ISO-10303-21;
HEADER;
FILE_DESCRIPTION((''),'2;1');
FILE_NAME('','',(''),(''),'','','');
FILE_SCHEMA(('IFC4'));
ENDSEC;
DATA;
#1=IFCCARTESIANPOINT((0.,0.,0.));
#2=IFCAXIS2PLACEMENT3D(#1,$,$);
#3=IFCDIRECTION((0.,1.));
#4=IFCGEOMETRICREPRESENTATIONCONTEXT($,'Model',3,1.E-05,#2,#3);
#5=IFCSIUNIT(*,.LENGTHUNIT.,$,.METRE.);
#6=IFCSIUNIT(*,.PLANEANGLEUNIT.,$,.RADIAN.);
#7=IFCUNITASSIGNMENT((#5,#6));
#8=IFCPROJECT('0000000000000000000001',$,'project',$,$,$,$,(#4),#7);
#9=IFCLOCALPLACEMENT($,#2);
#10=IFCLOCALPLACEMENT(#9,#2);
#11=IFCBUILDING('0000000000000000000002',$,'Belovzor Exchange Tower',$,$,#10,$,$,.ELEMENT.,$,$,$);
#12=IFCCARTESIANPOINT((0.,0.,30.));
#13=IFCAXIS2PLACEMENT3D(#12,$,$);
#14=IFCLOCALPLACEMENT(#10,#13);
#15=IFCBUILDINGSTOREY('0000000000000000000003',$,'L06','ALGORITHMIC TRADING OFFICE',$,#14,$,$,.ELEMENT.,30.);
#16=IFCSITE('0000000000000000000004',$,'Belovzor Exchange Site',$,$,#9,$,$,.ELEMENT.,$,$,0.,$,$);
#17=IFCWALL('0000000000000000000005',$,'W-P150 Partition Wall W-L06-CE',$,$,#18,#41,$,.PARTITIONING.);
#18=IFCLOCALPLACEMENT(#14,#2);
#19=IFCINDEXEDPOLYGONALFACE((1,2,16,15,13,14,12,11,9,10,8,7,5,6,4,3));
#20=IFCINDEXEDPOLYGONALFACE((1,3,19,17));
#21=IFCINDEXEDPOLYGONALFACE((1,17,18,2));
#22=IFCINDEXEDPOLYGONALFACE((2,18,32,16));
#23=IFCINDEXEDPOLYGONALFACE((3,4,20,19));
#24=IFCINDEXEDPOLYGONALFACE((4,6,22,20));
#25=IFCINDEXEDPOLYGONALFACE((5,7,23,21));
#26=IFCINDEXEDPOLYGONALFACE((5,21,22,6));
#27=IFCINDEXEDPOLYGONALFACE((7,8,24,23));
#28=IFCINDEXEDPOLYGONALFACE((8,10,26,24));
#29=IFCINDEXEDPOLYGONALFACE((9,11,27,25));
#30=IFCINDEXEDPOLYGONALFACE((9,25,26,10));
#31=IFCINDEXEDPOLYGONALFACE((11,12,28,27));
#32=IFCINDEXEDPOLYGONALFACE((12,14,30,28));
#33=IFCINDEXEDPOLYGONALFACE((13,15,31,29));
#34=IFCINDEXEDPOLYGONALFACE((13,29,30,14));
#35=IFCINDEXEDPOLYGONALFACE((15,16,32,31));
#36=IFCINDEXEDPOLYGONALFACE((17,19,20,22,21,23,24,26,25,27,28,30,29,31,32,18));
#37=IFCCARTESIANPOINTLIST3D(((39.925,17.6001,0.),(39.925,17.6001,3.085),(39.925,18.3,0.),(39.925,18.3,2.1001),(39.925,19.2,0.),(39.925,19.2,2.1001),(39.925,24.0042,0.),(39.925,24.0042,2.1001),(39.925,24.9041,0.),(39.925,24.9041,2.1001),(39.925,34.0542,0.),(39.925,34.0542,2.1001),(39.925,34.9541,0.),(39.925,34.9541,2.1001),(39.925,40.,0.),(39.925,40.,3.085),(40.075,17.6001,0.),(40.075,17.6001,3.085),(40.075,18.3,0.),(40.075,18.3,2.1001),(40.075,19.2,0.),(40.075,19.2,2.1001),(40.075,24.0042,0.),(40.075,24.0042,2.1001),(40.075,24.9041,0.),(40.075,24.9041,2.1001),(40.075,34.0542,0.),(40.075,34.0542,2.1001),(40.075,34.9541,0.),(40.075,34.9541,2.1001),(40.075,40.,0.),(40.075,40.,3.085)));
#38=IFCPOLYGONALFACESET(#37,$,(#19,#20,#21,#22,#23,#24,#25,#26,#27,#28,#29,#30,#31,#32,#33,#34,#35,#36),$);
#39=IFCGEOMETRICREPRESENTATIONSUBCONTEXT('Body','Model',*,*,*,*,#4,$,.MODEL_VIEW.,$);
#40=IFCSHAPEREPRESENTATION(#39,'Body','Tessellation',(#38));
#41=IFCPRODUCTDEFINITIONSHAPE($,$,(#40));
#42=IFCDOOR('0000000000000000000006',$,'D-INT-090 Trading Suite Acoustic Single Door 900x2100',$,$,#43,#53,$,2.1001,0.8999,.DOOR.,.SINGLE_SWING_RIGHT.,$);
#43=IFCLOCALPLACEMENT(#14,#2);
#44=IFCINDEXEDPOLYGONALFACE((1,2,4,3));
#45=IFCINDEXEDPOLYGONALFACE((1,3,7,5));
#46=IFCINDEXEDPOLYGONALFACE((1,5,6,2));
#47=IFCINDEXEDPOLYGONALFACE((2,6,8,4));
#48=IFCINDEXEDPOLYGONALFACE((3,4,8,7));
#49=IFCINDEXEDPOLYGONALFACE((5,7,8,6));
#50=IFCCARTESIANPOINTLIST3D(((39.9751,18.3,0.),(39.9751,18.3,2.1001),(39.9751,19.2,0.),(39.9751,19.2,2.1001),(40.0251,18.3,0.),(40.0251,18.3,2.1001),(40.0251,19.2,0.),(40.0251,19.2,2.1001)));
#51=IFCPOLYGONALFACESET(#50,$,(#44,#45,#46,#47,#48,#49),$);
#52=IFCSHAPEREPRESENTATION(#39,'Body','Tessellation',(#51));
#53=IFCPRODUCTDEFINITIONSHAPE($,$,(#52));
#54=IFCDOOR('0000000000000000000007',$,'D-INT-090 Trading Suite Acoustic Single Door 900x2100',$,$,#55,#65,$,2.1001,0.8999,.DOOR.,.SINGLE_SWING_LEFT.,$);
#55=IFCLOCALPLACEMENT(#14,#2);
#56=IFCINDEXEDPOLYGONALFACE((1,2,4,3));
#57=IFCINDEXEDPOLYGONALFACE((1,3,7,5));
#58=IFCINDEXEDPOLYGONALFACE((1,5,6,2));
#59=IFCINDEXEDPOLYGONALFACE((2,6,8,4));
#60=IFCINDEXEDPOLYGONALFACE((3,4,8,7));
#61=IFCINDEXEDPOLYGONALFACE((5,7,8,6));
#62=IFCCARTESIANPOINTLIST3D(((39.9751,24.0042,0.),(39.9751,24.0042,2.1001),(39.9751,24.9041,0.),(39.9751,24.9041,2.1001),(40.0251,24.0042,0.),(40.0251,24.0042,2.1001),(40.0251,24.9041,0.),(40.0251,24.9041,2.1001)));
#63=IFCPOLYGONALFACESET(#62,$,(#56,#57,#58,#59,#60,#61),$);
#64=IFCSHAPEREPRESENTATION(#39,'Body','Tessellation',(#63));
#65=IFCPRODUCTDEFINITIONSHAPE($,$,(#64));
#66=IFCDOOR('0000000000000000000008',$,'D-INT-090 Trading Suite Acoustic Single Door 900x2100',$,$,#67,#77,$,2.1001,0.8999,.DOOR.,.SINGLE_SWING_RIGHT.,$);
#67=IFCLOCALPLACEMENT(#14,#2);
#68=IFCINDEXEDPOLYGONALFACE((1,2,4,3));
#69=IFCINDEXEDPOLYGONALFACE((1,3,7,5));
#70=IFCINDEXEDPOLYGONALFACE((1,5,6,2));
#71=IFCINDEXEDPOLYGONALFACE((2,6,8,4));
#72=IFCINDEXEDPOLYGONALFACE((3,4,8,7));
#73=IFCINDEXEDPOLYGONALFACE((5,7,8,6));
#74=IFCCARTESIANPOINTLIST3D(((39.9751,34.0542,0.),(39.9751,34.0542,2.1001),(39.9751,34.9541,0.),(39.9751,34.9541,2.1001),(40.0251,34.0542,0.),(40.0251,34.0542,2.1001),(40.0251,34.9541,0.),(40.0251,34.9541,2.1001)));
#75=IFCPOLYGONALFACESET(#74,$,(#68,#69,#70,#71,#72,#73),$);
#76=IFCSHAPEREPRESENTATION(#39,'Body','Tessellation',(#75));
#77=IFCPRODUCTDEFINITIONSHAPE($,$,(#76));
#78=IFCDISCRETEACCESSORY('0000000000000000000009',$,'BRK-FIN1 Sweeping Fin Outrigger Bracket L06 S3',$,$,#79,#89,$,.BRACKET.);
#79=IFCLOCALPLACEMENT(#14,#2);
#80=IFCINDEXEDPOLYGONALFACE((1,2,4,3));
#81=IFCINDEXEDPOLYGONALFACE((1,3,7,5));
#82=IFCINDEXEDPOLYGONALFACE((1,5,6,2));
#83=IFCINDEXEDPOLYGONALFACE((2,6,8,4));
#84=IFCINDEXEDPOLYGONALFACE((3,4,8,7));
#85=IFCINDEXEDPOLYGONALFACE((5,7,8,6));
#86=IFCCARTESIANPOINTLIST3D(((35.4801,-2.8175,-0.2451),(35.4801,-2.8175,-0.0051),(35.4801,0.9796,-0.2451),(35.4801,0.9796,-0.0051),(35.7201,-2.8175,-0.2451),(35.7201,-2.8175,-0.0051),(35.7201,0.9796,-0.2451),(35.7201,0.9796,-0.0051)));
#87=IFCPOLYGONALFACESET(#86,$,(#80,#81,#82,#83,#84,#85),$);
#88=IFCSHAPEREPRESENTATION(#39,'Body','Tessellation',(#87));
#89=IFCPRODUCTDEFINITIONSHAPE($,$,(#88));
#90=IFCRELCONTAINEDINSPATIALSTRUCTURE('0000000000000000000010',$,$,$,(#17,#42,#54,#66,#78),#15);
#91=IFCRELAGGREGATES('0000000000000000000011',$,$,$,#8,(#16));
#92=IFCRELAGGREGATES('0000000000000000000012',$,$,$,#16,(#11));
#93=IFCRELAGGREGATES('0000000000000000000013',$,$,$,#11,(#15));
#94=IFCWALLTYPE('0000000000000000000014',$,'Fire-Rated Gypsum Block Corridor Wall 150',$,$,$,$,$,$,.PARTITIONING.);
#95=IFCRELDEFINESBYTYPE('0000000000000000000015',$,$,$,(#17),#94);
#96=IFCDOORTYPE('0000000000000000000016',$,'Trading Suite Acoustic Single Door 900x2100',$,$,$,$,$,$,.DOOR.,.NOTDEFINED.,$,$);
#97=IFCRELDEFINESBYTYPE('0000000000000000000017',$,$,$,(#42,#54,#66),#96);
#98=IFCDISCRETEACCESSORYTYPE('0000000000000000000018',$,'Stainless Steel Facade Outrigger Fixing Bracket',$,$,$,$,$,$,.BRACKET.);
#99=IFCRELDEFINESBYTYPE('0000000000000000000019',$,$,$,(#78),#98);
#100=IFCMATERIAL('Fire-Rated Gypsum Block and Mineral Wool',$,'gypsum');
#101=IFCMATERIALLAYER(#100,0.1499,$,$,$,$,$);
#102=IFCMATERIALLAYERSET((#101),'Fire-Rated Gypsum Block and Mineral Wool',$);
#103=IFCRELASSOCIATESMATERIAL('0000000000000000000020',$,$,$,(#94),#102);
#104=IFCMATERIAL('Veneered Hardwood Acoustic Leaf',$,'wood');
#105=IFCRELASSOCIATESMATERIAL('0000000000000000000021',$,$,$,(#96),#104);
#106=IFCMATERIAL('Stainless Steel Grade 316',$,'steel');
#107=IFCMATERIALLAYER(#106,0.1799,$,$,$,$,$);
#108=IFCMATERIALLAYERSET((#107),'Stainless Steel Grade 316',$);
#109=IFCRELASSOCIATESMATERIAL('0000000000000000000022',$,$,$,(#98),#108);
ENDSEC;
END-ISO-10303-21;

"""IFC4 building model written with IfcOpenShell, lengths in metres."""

from ifc_helpers import new_model, si_unit, direction, frame, frame_2d, origin, origin_2d, place, context, subcontext, project, spatial, rectangle, extrude, material, layer, layer_set, type_object, element, fill, save


model = new_model("IFC4")

# Units and contexts
model_context = context("Model", 3, precision=1e-05, world=origin(), true_north=direction((0.0, 1.0)))
body_context = subcontext(model_context, "Body", "Model", "MODEL_VIEW")
ifc_project = project(units=[si_unit("LENGTHUNIT", "METRE"), si_unit("PLANEANGLEUNIT", "RADIAN")], contexts=[model_context])

# Site, building, storey
site_placement = place(None, origin())
site = spatial("IfcSite", under=ifc_project, at=site_placement, Name="Belovzor Exchange Site", CompositionType="ELEMENT", RefElevation=0.0)
building_placement = place(site_placement, origin())
building = spatial("IfcBuilding", under=site, at=building_placement, Name="Belovzor Exchange Tower", CompositionType="ELEMENT")
storey_placement = place(building_placement, frame((0.0, 0.0, 30.0)))
storey = spatial("IfcBuildingStorey", under=building, at=storey_placement, Name="L06", Description="ALGORITHMIC TRADING OFFICE", CompositionType="ELEMENT", Elevation=30.0)

# Wall, openings, doors
ifc_material_1 = material(Name="Fire-Rated Gypsum Block and Mineral Wool", Category="gypsum")
ifc_layer_1 = layer(ifc_material_1, 0.1499)
ifc_layer_set_1 = layer_set([ifc_layer_1], Name="Fire-Rated Gypsum Block and Mineral Wool")
wall_type_1 = type_object("IfcWallType", Name="Fire-Rated Gypsum Block Corridor Wall 150", PredefinedType="PARTITIONING", material=ifc_layer_set_1)
wall_1_placement = place(storey_placement, frame((40.0, 17.6001, 0.0), z_axis=(0.0, 0.0, 1.0), x_axis=(0.0, 1.0, 0.0)))
wall_1 = element("IfcWall", 1, at=wall_1_placement, inside=storey, type_object=wall_type_1, Name="W-P150 Partition Wall W-L06-CE", PredefinedType="PARTITIONING", context=body_context, shape_type="SweptSolid", body=[
    extrude(rectangle(XDim=22.3999, YDim=0.1499, at=frame_2d((11.2, 0.0))), origin(), (0.0, 0.0, 1.0), 3.085),
])
opening_1_placement = place(wall_1_placement, frame((0.7, 0.0, 0.0)))
opening_1 = element("IfcOpeningElement", 2, at=opening_1_placement, cuts=wall_1, PredefinedType="OPENING", context=body_context, shape_type="SweptSolid", body=[
    extrude(rectangle(XDim=0.8999, YDim=2.1001, at=frame_2d((0.45, 1.05))), frame((0.0, 0.085, 0.0), z_axis=(0.0, -1.0, 0.0), x_axis=(1.0, 0.0, 0.0)), (0.0, 0.0, 1.0), 0.1699),
])
opening_2_placement = place(wall_1_placement, frame((6.4041, 0.0, 0.0)))
opening_2 = element("IfcOpeningElement", 3, at=opening_2_placement, cuts=wall_1, PredefinedType="OPENING", context=body_context, shape_type="SweptSolid", body=[
    extrude(rectangle(XDim=0.8999, YDim=2.1001, at=frame_2d((0.45, 1.05))), frame((0.0, 0.085, 0.0), z_axis=(0.0, -1.0, 0.0), x_axis=(1.0, 0.0, 0.0)), (0.0, 0.0, 1.0), 0.1699),
])
opening_3_placement = place(wall_1_placement, frame((16.4541, 0.0, 0.0)))
opening_3 = element("IfcOpeningElement", 4, at=opening_3_placement, cuts=wall_1, PredefinedType="OPENING", context=body_context, shape_type="SweptSolid", body=[
    extrude(rectangle(XDim=0.8999, YDim=2.1001, at=frame_2d((0.45, 1.05))), frame((0.0, 0.085, 0.0), z_axis=(0.0, -1.0, 0.0), x_axis=(1.0, 0.0, 0.0)), (0.0, 0.0, 1.0), 0.1699),
])
ifc_material_2 = material(Name="Veneered Hardwood Acoustic Leaf", Category="wood")
door_type = type_object("IfcDoorType", Name="Trading Suite Acoustic Single Door 900x2100", OperationType="NOTDEFINED", PredefinedType="DOOR", material=ifc_material_2)
door_1_placement = place(opening_1_placement, origin())
door_1 = element("IfcDoor", 5, at=door_1_placement, inside=storey, type_object=door_type, Name="D-INT-090 Trading Suite Acoustic Single Door 900x2100", OperationType="SINGLE_SWING_RIGHT", OverallHeight=2.1001, OverallWidth=0.8999, PredefinedType="DOOR", context=body_context, shape_type="SweptSolid", body=[
    extrude(rectangle(XDim=0.8999, YDim=2.1001, at=frame_2d((0.45, 1.05))), frame((0.0, 0.0249, 0.0), z_axis=(0.0, -1.0, 0.0), x_axis=(1.0, 0.0, 0.0)), (0.0, 0.0, 1.0), 0.05),
])
fill(opening_1, door_1)
door_2_placement = place(opening_2_placement, origin())
door_2 = element("IfcDoor", 6, at=door_2_placement, inside=storey, type_object=door_type, Name="D-INT-090 Trading Suite Acoustic Single Door 900x2100", OperationType="SINGLE_SWING_LEFT", OverallHeight=2.1001, OverallWidth=0.8999, PredefinedType="DOOR", context=body_context, shape_type="SweptSolid", body=[
    extrude(rectangle(XDim=0.8999, YDim=2.1001, at=frame_2d((0.45, 1.05))), frame((0.0, 0.0249, 0.0), z_axis=(0.0, -1.0, 0.0), x_axis=(1.0, 0.0, 0.0)), (0.0, 0.0, 1.0), 0.05),
])
fill(opening_2, door_2)
door_3_placement = place(opening_3_placement, origin())
door_3 = element("IfcDoor", 7, at=door_3_placement, inside=storey, type_object=door_type, Name="D-INT-090 Trading Suite Acoustic Single Door 900x2100", OperationType="SINGLE_SWING_RIGHT", OverallHeight=2.1001, OverallWidth=0.8999, PredefinedType="DOOR", context=body_context, shape_type="SweptSolid", body=[
    extrude(rectangle(XDim=0.8999, YDim=2.1001, at=frame_2d((0.45, 1.05))), frame((0.0, 0.0249, 0.0), z_axis=(0.0, -1.0, 0.0), x_axis=(1.0, 0.0, 0.0)), (0.0, 0.0, 1.0), 0.05),
])
fill(opening_3, door_3)

# Discrete accessory
ifc_material_3 = material(Name="Stainless Steel Grade 316", Category="steel")
ifc_layer_2 = layer(ifc_material_3, 0.1799)
ifc_layer_set_2 = layer_set([ifc_layer_2], Name="Stainless Steel Grade 316")
discrete_accessory_type = type_object("IfcDiscreteAccessoryType", Name="Stainless Steel Facade Outrigger Fixing Bracket", PredefinedType="BRACKET", material=ifc_layer_set_2)
discrete_accessory_placement = place(storey_placement, frame((35.6001, -0.9189, -0.2451), z_axis=(0.0, 0.0, 1.0), x_axis=(0.0, 1.0, 0.0)))
element("IfcDiscreteAccessory", 8, at=discrete_accessory_placement, inside=storey, type_object=discrete_accessory_type, Name="BRK-FIN1 Sweeping Fin Outrigger Bracket L06 S3", PredefinedType="BRACKET", context=body_context, shape_type="SweptSolid", body=[
    extrude(rectangle(XDim=3.7971, YDim=0.24, at=origin_2d()), origin(), (0.0, 0.0, 1.0), 0.24),
])

save(model, "model.ifc")
